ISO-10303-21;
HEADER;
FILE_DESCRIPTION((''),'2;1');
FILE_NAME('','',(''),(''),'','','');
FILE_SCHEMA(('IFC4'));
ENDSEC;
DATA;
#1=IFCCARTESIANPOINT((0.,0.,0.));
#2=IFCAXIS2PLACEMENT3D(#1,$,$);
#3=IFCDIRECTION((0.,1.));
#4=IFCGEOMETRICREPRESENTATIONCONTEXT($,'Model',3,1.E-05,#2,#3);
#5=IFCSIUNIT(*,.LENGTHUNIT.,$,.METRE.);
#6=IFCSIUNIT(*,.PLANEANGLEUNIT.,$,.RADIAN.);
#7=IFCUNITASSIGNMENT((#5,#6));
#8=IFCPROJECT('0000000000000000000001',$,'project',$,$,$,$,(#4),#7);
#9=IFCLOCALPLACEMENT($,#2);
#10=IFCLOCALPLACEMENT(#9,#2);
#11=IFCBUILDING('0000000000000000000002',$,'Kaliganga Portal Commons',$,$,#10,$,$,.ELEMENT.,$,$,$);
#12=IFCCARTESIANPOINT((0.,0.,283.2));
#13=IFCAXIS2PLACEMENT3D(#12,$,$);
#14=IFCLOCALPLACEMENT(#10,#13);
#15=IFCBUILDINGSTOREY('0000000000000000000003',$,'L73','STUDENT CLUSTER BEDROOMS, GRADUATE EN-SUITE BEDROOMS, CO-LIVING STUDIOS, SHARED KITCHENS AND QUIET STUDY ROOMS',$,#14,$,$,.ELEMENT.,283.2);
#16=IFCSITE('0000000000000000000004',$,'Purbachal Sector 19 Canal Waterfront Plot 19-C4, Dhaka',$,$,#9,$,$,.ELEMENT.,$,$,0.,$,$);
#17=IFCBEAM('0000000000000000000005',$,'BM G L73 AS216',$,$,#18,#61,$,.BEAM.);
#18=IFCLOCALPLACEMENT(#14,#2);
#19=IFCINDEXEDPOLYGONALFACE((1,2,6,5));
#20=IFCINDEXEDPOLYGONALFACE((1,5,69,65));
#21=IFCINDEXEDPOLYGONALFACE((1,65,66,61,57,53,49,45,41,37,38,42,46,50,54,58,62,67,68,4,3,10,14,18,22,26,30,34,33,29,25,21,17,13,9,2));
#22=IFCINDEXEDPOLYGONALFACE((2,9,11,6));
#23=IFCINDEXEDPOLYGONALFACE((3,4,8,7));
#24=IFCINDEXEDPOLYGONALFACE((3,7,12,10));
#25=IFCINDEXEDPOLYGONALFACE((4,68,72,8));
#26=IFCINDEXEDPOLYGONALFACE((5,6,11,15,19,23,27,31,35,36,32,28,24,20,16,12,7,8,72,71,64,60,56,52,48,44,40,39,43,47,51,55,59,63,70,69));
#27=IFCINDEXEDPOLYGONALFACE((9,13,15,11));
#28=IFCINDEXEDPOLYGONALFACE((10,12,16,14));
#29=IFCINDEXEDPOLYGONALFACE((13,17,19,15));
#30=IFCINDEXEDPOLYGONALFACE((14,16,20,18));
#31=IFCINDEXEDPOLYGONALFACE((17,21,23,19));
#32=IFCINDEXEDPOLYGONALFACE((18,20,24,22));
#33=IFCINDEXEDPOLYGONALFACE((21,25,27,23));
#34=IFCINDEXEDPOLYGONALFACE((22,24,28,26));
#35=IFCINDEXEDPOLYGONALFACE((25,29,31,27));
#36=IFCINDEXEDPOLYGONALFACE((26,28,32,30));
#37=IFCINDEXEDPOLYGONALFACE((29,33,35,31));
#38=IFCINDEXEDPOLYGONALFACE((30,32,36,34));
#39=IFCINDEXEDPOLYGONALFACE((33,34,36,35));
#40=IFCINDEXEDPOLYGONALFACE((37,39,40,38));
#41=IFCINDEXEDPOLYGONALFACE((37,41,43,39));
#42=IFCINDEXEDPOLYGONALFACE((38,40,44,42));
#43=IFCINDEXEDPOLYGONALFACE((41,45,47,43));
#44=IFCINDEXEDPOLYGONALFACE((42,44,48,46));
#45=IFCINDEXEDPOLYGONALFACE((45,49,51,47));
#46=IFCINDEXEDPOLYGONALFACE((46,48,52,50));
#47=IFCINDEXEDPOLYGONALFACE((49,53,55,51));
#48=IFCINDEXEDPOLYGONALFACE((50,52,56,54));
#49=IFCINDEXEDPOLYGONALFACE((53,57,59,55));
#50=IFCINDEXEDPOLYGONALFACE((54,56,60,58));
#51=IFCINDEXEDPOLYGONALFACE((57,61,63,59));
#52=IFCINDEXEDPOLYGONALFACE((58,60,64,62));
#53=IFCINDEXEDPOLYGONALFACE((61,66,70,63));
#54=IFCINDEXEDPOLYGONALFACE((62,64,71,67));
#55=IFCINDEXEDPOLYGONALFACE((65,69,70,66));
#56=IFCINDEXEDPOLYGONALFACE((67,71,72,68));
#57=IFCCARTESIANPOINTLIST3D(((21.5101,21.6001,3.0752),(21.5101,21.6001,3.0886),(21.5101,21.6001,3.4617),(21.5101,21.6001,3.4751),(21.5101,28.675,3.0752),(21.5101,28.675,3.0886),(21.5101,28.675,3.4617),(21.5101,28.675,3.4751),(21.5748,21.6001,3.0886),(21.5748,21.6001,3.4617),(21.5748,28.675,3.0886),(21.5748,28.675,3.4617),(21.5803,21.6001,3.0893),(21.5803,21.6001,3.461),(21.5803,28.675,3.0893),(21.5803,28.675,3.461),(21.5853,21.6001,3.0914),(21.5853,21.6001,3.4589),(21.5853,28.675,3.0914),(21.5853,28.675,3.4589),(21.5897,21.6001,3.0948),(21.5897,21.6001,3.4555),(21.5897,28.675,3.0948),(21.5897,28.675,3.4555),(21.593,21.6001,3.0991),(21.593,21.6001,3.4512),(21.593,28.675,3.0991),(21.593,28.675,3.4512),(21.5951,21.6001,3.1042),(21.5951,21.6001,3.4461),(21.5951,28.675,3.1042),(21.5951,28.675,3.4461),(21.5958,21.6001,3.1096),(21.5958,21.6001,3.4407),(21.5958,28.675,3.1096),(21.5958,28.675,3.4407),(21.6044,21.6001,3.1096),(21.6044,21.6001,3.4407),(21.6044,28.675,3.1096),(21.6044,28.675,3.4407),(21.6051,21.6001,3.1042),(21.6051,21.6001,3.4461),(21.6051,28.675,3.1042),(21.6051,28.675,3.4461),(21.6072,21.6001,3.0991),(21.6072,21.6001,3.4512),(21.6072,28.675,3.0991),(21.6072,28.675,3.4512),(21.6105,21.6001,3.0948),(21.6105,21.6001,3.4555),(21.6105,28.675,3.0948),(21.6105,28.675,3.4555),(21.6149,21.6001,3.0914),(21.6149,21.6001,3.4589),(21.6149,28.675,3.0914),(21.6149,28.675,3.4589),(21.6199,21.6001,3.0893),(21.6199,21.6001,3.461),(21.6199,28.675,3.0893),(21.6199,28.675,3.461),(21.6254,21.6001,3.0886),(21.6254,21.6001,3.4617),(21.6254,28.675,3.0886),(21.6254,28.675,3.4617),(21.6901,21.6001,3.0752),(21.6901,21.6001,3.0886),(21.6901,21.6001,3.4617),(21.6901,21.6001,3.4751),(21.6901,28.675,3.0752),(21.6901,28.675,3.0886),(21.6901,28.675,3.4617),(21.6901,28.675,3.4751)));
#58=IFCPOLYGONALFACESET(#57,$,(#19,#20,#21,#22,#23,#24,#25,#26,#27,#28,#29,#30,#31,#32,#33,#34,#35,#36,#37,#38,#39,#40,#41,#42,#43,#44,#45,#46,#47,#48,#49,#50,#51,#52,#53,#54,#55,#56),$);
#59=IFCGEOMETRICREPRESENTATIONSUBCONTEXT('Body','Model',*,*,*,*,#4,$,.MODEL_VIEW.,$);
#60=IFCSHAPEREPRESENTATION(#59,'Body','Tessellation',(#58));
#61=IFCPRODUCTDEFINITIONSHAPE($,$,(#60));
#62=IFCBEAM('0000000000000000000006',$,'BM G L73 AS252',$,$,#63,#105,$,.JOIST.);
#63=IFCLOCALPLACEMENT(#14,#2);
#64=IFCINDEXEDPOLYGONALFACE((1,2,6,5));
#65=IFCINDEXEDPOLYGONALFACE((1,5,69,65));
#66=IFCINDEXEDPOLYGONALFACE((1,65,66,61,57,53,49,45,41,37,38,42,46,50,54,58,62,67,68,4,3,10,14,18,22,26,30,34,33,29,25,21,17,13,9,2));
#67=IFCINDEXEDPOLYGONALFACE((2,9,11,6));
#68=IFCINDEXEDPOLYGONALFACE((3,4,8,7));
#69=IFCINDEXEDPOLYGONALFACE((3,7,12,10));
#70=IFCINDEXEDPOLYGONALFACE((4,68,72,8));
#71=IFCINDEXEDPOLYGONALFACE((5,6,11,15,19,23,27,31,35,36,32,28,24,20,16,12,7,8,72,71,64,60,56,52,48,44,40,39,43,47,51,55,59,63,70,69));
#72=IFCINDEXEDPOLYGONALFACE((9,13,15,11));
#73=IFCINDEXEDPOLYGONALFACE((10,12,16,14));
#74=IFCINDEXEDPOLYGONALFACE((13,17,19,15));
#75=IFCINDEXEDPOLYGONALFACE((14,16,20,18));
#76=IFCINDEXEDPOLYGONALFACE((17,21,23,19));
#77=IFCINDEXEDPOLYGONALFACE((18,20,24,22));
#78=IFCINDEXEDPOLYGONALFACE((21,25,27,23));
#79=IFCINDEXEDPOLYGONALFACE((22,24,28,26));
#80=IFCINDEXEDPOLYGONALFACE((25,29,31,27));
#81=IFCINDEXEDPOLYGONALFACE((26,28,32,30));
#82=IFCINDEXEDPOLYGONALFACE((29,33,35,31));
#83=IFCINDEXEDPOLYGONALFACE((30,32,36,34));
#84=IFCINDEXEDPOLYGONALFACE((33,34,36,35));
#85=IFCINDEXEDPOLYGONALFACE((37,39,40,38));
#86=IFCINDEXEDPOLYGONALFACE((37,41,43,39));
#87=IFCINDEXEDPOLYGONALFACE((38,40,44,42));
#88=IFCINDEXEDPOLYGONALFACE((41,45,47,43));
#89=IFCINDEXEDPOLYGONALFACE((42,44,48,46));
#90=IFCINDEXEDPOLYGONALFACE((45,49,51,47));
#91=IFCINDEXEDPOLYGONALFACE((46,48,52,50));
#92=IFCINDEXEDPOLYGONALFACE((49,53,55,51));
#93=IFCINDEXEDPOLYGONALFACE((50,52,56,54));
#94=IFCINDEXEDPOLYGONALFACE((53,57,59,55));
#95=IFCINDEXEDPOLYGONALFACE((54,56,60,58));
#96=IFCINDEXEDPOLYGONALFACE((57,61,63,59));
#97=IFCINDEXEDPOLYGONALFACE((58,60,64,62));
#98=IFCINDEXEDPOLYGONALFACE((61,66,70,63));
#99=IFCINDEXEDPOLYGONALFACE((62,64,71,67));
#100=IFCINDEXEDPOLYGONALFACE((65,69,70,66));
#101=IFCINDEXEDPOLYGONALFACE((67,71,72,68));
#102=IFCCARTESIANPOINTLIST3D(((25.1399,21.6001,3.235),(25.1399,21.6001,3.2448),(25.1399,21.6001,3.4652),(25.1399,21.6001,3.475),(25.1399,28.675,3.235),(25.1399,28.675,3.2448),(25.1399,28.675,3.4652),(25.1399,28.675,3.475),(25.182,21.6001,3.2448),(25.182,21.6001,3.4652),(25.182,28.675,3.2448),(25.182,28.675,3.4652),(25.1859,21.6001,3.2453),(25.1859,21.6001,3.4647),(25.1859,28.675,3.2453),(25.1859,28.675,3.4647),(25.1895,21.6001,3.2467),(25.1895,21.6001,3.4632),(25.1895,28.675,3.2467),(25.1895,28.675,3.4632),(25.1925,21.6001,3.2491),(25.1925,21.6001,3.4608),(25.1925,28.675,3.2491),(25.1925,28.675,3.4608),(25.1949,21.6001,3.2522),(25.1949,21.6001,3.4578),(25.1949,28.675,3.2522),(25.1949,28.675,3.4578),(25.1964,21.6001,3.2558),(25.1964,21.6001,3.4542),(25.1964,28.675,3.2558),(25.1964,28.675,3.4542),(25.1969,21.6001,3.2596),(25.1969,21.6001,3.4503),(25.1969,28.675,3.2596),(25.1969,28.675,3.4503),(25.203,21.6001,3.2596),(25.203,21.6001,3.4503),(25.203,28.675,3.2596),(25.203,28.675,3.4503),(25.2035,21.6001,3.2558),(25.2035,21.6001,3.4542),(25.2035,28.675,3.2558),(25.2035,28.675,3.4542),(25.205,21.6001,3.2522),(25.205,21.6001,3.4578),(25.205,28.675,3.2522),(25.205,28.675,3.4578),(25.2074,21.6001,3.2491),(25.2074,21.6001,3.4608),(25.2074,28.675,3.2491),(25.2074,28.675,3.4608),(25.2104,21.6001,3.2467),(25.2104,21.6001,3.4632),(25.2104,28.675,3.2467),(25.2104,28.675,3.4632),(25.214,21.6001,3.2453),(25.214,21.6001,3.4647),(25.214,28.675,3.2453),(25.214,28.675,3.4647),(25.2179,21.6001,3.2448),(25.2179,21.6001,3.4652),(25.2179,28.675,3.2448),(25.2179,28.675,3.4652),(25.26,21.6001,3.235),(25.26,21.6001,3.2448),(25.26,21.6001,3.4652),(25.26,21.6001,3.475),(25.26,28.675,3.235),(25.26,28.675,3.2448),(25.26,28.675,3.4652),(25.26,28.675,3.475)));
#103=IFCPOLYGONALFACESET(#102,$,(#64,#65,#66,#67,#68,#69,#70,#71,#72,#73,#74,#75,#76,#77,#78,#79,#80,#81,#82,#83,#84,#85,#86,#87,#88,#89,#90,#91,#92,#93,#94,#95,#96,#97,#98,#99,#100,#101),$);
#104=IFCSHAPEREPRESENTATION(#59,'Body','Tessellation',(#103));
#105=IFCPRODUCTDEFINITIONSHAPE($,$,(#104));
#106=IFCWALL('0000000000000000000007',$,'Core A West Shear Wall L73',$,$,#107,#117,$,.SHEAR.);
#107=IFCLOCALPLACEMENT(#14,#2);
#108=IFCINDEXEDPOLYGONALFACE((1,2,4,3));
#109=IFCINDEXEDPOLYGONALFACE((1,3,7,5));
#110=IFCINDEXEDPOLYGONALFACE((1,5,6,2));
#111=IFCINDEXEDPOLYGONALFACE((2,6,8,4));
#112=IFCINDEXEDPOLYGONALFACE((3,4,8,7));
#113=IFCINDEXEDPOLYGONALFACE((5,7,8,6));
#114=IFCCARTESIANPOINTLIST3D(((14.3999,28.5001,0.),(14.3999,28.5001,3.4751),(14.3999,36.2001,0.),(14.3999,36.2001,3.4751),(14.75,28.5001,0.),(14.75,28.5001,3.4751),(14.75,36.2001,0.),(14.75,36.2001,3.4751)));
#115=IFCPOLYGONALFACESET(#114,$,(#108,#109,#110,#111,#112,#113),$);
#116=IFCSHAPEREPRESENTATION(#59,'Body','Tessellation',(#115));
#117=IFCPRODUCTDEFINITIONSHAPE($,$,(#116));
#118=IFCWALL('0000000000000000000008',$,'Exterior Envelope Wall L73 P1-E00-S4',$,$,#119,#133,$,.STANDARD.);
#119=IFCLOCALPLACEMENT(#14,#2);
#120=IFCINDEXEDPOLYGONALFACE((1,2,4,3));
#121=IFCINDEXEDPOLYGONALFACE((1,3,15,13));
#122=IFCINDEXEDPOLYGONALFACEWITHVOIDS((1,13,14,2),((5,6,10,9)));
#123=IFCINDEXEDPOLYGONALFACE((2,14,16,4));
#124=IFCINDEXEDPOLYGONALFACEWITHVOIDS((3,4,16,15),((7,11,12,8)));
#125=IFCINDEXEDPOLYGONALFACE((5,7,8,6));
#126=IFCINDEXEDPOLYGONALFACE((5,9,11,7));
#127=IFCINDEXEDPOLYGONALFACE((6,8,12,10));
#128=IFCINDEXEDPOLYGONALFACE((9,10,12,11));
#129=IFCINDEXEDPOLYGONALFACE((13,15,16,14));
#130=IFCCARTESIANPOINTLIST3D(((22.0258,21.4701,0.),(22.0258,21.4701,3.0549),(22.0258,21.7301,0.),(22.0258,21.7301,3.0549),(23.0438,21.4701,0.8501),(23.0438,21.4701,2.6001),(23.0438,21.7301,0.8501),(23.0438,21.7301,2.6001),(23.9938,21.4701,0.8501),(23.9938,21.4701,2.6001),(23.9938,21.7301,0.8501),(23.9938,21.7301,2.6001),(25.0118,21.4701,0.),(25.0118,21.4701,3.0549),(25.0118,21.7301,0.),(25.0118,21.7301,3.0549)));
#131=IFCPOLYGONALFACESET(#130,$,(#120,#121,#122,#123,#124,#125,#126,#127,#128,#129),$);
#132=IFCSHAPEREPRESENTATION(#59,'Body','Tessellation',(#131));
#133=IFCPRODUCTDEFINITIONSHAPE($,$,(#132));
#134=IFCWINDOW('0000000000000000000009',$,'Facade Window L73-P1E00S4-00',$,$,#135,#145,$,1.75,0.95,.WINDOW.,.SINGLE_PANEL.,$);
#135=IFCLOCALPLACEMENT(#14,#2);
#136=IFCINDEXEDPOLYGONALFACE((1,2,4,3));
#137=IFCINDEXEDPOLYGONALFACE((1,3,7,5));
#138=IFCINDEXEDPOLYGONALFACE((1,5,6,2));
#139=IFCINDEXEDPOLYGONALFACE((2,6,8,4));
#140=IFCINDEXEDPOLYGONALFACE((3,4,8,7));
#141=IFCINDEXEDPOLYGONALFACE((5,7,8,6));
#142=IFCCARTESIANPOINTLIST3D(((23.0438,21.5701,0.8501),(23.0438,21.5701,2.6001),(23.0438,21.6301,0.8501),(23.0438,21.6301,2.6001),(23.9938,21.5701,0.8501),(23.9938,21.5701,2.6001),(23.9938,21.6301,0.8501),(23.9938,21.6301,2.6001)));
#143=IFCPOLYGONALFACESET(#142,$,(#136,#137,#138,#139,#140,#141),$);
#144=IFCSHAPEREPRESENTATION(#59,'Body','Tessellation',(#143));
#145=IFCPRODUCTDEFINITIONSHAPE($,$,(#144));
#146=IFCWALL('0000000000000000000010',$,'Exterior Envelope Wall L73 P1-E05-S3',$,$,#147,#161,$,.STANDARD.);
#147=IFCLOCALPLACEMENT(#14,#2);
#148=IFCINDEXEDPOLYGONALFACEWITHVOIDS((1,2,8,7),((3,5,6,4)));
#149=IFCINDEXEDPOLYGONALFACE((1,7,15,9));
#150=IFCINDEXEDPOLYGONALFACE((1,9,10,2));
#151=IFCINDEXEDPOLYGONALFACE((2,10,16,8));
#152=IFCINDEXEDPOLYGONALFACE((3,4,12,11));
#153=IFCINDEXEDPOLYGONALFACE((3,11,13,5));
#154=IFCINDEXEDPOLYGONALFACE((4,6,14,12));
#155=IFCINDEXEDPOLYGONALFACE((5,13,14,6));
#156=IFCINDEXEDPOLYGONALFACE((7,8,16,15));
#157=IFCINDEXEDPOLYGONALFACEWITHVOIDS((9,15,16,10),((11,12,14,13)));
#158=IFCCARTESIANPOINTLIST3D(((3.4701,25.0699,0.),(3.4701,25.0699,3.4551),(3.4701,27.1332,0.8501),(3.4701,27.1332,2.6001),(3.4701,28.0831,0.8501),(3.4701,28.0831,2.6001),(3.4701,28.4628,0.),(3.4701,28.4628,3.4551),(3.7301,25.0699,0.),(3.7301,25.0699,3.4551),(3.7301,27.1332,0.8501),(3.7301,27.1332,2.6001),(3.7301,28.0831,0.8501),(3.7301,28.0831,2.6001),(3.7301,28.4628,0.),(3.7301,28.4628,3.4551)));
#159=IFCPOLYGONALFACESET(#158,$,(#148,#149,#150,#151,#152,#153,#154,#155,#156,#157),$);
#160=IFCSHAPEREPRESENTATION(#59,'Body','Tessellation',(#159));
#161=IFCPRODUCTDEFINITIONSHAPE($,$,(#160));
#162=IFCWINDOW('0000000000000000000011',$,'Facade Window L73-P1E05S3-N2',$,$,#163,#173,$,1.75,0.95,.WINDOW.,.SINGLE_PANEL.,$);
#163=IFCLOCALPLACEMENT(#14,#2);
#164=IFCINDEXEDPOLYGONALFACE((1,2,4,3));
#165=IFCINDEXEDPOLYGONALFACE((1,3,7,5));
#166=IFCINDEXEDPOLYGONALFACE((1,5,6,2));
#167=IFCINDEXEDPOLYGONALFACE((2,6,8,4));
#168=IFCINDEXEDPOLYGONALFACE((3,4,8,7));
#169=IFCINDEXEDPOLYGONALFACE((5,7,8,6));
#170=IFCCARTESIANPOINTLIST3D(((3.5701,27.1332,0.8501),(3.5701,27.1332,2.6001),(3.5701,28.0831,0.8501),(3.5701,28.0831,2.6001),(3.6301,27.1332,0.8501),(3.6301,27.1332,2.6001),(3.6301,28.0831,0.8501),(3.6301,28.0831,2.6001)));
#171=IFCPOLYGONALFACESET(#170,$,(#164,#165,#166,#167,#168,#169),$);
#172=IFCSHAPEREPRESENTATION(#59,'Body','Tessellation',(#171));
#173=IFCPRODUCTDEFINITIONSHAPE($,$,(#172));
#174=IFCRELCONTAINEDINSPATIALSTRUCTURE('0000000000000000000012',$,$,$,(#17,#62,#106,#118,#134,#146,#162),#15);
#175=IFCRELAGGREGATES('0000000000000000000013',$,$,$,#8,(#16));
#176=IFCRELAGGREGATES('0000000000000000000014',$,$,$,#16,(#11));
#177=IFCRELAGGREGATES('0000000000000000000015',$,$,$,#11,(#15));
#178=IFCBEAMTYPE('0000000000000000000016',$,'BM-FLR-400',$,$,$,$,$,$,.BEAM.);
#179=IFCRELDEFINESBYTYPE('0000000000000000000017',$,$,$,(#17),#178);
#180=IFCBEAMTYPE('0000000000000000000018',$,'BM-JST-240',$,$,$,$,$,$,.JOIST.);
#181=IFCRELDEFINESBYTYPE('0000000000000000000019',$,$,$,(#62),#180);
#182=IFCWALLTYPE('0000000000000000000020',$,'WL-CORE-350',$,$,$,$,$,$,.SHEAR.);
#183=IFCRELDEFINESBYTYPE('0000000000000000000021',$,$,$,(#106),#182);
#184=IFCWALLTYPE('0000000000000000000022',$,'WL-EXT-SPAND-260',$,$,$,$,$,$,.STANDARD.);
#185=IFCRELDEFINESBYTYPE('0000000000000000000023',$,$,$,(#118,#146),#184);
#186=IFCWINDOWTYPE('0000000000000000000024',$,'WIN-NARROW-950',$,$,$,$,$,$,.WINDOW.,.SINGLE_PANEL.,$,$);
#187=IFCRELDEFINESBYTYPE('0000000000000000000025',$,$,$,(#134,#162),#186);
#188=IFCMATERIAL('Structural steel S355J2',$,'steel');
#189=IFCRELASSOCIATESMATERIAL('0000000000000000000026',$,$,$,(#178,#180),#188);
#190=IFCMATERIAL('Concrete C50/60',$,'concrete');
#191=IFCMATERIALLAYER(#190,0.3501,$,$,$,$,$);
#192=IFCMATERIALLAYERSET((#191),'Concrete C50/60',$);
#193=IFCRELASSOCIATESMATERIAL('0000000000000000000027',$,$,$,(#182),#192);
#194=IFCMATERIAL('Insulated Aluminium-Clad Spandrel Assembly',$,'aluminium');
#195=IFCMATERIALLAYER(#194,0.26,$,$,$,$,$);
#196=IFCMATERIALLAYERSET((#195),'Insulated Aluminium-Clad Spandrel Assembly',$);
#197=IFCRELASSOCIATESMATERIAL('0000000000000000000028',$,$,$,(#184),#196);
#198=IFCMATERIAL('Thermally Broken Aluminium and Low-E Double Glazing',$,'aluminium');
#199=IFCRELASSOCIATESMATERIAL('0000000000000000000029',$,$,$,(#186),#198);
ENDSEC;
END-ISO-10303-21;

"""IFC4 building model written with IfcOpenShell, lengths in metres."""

from ifc_helpers import new_model, si_unit, direction, frame, frame_2d, origin, origin_2d, place, context, subcontext, project, spatial, rectangle, i_section, extrude, source, transform, mapped, material, layer, layer_set, material_profile, profile_set, type_object, element, fill, save


model = new_model("IFC4")

# Units and contexts
model_context = context("Model", 3, precision=1e-05, world=origin(), true_north=direction((0.0, 1.0)))
body_context = subcontext(model_context, "Body", "Model", "MODEL_VIEW")
ifc_project = project(units=[si_unit("LENGTHUNIT", "METRE"), si_unit("PLANEANGLEUNIT", "RADIAN")], contexts=[model_context])

# Site, building, storey
site_placement = place(None, origin())
site = spatial("IfcSite", under=ifc_project, at=site_placement, Name="Purbachal Sector 19 Canal Waterfront Plot 19-C4, Dhaka", CompositionType="ELEMENT", RefElevation=0.0)
building_placement = place(site_placement, origin())
building = spatial("IfcBuilding", under=site, at=building_placement, Name="Kaliganga Portal Commons", CompositionType="ELEMENT")
storey_placement = place(building_placement, frame((0.0, 0.0, 283.2)))
storey = spatial("IfcBuildingStorey", under=building, at=storey_placement, Name="L73", Description="STUDENT CLUSTER BEDROOMS, GRADUATE EN-SUITE BEDROOMS, CO-LIVING STUDIOS, SHARED KITCHENS AND QUIET STUDY ROOMS", CompositionType="ELEMENT", Elevation=283.2)

# Shared definitions
ifc_material_1 = material(Name="Structural steel S355J2", Category="steel")

# Beams
ifc_material_profile_1 = material_profile(ifc_material_1, i_section(OverallWidth=0.1799, OverallDepth=0.3999, WebThickness=0.0085, FlangeThickness=0.0134, FilletRadius=0.021, at=origin_2d()), Name="IPE 400")
ifc_profile_set_1 = profile_set([ifc_material_profile_1], Name="Structural steel S355J2 wide-flange")
beam_type_1 = type_object("IfcBeamType", Name="BM-FLR-400", PredefinedType="BEAM", material=ifc_profile_set_1)
shared_shape_1 = source(origin(), body_context, "Body", "SweptSolid", [
    extrude(i_section(OverallWidth=0.1799, OverallDepth=0.3999, WebThickness=0.0085, FlangeThickness=0.0134, FilletRadius=0.021, at=origin_2d()), origin(), (0.0, 0.0, 1.0), 7.075),
])
beam_1_placement = place(storey_placement, frame((21.6001, 21.6001, 3.2751), z_axis=(0.0, 1.0, 0.0), x_axis=(-1.0, 0.0, 0.0)))
element("IfcBeam", 1, at=beam_1_placement, inside=storey, type_object=beam_type_1, Name="BM G L73 AS216", PredefinedType="BEAM", context=body_context, shape_type="MappedRepresentation", body=[
    mapped(shared_shape_1, transform((0.0, 0.0, 0.0), x_axis=(1.0, 0.0, 0.0), y_axis=(0.0, 1.0, 0.0), z_axis=(0.0, 0.0, 1.0), scale=1.0)),
])
ifc_material_profile_2 = material_profile(ifc_material_1, i_section(OverallWidth=0.1201, OverallDepth=0.24, WebThickness=0.0061, FlangeThickness=0.0098, FilletRadius=0.0149, at=origin_2d()), Name="IPE 240")
ifc_profile_set_2 = profile_set([ifc_material_profile_2], Name="Structural steel S355J2 wide-flange")
beam_type_2 = type_object("IfcBeamType", Name="BM-JST-240", PredefinedType="JOIST", material=ifc_profile_set_2)
shared_shape_2 = source(origin(), body_context, "Body", "SweptSolid", [
    extrude(i_section(OverallWidth=0.1201, OverallDepth=0.24, WebThickness=0.0061, FlangeThickness=0.0098, FilletRadius=0.0149, at=origin_2d()), origin(), (0.0, 0.0, 1.0), 7.075),
])
beam_2_placement = place(storey_placement, frame((25.2, 21.6001, 3.355), z_axis=(0.0, 1.0, 0.0), x_axis=(-1.0, 0.0, 0.0)))
element("IfcBeam", 2, at=beam_2_placement, inside=storey, type_object=beam_type_2, Name="BM G L73 AS252", PredefinedType="JOIST", context=body_context, shape_type="MappedRepresentation", body=[
    mapped(shared_shape_2, transform((0.0, 0.0, 0.0), x_axis=(1.0, 0.0, 0.0), y_axis=(0.0, 1.0, 0.0), z_axis=(0.0, 0.0, 1.0), scale=1.0)),
])

# Wall
ifc_material_2 = material(Name="Concrete C50/60", Category="concrete")
ifc_layer_1 = layer(ifc_material_2, 0.3501)
ifc_layer_set_1 = layer_set([ifc_layer_1], Name="Concrete C50/60")
wall_type_1 = type_object("IfcWallType", Name="WL-CORE-350", PredefinedType="SHEAR", material=ifc_layer_set_1)
wall_1_placement = place(storey_placement, frame((14.575, 28.5, 0.0), z_axis=(0.0, 0.0, 1.0), x_axis=(0.0, 1.0, 0.0)))
element("IfcWall", 3, at=wall_1_placement, inside=storey, type_object=wall_type_1, Name="Core A West Shear Wall L73", PredefinedType="SHEAR", context=body_context, shape_type="SweptSolid", body=[
    extrude(rectangle(XDim=7.7, YDim=0.3501, at=frame_2d((3.8501, 0.0))), origin(), (0.0, 0.0, 1.0), 3.4751),
])

# Walls, openings, windows
ifc_material_3 = material(Name="Insulated Aluminium-Clad Spandrel Assembly", Category="aluminium")
ifc_layer_2 = layer(ifc_material_3, 0.26)
ifc_layer_set_2 = layer_set([ifc_layer_2], Name="Insulated Aluminium-Clad Spandrel Assembly")
wall_type_2 = type_object("IfcWallType", Name="WL-EXT-SPAND-260", PredefinedType="STANDARD", material=ifc_layer_set_2)
wall_2_placement = place(storey_placement, frame((25.012, 21.6001, 0.0), z_axis=(0.0, 0.0, 1.0), x_axis=(-1.0, 0.0, 0.0)))
wall_2 = element("IfcWall", 4, at=wall_2_placement, inside=storey, type_object=wall_type_2, Name="Exterior Envelope Wall L73 P1-E00-S4", PredefinedType="STANDARD", context=body_context, shape_type="SweptSolid", body=[
    extrude(rectangle(XDim=2.9861, YDim=0.26, at=frame_2d((1.4932, 0.0))), origin(), (0.0, 0.0, 1.0), 3.0549),
])
opening_1_placement = place(wall_2_placement, frame((1.0181, 0.0, 0.8501)))
opening_1 = element("IfcOpeningElement", 5, at=opening_1_placement, cuts=wall_2, PredefinedType="OPENING", context=body_context, shape_type="SweptSolid", body=[
    extrude(rectangle(XDim=0.95, YDim=1.75, at=frame_2d((0.4751, 0.875))), frame((0.0, 0.1401, 0.0), z_axis=(0.0, -1.0, 0.0), x_axis=(1.0, 0.0, 0.0)), (0.0, 0.0, 1.0), 0.28),
])
ifc_material_4 = material(Name="Thermally Broken Aluminium and Low-E Double Glazing", Category="aluminium")
window_type_1 = type_object("IfcWindowType", Name="WIN-NARROW-950", PartitioningType="SINGLE_PANEL", PredefinedType="WINDOW", material=ifc_material_4)
window_1_placement = place(opening_1_placement, origin())
window_1 = element("IfcWindow", 6, at=window_1_placement, inside=storey, type_object=window_type_1, Name="Facade Window L73-P1E00S4-00", OverallHeight=1.75, OverallWidth=0.95, PartitioningType="SINGLE_PANEL", PredefinedType="WINDOW", context=body_context, shape_type="SweptSolid", body=[
    extrude(rectangle(XDim=0.95, YDim=1.75, at=frame_2d((0.4751, 0.875))), frame((0.0, 0.03, 0.0), z_axis=(0.0, -1.0, 0.0), x_axis=(1.0, 0.0, 0.0)), (0.0, 0.0, 1.0), 0.0601),
])
fill(opening_1, window_1)
wall_3_placement = place(storey_placement, frame((3.6001, 25.0701, 0.0), z_axis=(0.0, 0.0, 1.0), x_axis=(0.0, 1.0, 0.0)))
wall_3 = element("IfcWall", 7, at=wall_3_placement, inside=storey, type_object=wall_type_2, Name="Exterior Envelope Wall L73 P1-E05-S3", PredefinedType="STANDARD", context=body_context, shape_type="SweptSolid", body=[
    extrude(rectangle(XDim=3.3928, YDim=0.26, at=frame_2d((1.6963, 0.0))), origin(), (0.0, 0.0, 1.0), 3.4551),
])
opening_2_placement = place(wall_3_placement, frame((2.063, 0.0, 0.8501)))
opening_2 = element("IfcOpeningElement", 8, at=opening_2_placement, cuts=wall_3, PredefinedType="OPENING", context=body_context, shape_type="SweptSolid", body=[
    extrude(rectangle(XDim=0.95, YDim=1.75, at=frame_2d((0.4751, 0.875))), frame((0.0, 0.1401, 0.0), z_axis=(0.0, -1.0, 0.0), x_axis=(1.0, 0.0, 0.0)), (0.0, 0.0, 1.0), 0.28),
])
window_2_placement = place(opening_2_placement, origin())
window_2 = element("IfcWindow", 9, at=window_2_placement, inside=storey, type_object=window_type_1, Name="Facade Window L73-P1E05S3-N2", OverallHeight=1.75, OverallWidth=0.95, PartitioningType="SINGLE_PANEL", PredefinedType="WINDOW", context=body_context, shape_type="SweptSolid", body=[
    extrude(rectangle(XDim=0.95, YDim=1.75, at=frame_2d((0.4751, 0.875))), frame((0.0, 0.03, 0.0), z_axis=(0.0, -1.0, 0.0), x_axis=(1.0, 0.0, 0.0)), (0.0, 0.0, 1.0), 0.0601),
])
fill(opening_2, window_2)

save(model, "model.ifc")
